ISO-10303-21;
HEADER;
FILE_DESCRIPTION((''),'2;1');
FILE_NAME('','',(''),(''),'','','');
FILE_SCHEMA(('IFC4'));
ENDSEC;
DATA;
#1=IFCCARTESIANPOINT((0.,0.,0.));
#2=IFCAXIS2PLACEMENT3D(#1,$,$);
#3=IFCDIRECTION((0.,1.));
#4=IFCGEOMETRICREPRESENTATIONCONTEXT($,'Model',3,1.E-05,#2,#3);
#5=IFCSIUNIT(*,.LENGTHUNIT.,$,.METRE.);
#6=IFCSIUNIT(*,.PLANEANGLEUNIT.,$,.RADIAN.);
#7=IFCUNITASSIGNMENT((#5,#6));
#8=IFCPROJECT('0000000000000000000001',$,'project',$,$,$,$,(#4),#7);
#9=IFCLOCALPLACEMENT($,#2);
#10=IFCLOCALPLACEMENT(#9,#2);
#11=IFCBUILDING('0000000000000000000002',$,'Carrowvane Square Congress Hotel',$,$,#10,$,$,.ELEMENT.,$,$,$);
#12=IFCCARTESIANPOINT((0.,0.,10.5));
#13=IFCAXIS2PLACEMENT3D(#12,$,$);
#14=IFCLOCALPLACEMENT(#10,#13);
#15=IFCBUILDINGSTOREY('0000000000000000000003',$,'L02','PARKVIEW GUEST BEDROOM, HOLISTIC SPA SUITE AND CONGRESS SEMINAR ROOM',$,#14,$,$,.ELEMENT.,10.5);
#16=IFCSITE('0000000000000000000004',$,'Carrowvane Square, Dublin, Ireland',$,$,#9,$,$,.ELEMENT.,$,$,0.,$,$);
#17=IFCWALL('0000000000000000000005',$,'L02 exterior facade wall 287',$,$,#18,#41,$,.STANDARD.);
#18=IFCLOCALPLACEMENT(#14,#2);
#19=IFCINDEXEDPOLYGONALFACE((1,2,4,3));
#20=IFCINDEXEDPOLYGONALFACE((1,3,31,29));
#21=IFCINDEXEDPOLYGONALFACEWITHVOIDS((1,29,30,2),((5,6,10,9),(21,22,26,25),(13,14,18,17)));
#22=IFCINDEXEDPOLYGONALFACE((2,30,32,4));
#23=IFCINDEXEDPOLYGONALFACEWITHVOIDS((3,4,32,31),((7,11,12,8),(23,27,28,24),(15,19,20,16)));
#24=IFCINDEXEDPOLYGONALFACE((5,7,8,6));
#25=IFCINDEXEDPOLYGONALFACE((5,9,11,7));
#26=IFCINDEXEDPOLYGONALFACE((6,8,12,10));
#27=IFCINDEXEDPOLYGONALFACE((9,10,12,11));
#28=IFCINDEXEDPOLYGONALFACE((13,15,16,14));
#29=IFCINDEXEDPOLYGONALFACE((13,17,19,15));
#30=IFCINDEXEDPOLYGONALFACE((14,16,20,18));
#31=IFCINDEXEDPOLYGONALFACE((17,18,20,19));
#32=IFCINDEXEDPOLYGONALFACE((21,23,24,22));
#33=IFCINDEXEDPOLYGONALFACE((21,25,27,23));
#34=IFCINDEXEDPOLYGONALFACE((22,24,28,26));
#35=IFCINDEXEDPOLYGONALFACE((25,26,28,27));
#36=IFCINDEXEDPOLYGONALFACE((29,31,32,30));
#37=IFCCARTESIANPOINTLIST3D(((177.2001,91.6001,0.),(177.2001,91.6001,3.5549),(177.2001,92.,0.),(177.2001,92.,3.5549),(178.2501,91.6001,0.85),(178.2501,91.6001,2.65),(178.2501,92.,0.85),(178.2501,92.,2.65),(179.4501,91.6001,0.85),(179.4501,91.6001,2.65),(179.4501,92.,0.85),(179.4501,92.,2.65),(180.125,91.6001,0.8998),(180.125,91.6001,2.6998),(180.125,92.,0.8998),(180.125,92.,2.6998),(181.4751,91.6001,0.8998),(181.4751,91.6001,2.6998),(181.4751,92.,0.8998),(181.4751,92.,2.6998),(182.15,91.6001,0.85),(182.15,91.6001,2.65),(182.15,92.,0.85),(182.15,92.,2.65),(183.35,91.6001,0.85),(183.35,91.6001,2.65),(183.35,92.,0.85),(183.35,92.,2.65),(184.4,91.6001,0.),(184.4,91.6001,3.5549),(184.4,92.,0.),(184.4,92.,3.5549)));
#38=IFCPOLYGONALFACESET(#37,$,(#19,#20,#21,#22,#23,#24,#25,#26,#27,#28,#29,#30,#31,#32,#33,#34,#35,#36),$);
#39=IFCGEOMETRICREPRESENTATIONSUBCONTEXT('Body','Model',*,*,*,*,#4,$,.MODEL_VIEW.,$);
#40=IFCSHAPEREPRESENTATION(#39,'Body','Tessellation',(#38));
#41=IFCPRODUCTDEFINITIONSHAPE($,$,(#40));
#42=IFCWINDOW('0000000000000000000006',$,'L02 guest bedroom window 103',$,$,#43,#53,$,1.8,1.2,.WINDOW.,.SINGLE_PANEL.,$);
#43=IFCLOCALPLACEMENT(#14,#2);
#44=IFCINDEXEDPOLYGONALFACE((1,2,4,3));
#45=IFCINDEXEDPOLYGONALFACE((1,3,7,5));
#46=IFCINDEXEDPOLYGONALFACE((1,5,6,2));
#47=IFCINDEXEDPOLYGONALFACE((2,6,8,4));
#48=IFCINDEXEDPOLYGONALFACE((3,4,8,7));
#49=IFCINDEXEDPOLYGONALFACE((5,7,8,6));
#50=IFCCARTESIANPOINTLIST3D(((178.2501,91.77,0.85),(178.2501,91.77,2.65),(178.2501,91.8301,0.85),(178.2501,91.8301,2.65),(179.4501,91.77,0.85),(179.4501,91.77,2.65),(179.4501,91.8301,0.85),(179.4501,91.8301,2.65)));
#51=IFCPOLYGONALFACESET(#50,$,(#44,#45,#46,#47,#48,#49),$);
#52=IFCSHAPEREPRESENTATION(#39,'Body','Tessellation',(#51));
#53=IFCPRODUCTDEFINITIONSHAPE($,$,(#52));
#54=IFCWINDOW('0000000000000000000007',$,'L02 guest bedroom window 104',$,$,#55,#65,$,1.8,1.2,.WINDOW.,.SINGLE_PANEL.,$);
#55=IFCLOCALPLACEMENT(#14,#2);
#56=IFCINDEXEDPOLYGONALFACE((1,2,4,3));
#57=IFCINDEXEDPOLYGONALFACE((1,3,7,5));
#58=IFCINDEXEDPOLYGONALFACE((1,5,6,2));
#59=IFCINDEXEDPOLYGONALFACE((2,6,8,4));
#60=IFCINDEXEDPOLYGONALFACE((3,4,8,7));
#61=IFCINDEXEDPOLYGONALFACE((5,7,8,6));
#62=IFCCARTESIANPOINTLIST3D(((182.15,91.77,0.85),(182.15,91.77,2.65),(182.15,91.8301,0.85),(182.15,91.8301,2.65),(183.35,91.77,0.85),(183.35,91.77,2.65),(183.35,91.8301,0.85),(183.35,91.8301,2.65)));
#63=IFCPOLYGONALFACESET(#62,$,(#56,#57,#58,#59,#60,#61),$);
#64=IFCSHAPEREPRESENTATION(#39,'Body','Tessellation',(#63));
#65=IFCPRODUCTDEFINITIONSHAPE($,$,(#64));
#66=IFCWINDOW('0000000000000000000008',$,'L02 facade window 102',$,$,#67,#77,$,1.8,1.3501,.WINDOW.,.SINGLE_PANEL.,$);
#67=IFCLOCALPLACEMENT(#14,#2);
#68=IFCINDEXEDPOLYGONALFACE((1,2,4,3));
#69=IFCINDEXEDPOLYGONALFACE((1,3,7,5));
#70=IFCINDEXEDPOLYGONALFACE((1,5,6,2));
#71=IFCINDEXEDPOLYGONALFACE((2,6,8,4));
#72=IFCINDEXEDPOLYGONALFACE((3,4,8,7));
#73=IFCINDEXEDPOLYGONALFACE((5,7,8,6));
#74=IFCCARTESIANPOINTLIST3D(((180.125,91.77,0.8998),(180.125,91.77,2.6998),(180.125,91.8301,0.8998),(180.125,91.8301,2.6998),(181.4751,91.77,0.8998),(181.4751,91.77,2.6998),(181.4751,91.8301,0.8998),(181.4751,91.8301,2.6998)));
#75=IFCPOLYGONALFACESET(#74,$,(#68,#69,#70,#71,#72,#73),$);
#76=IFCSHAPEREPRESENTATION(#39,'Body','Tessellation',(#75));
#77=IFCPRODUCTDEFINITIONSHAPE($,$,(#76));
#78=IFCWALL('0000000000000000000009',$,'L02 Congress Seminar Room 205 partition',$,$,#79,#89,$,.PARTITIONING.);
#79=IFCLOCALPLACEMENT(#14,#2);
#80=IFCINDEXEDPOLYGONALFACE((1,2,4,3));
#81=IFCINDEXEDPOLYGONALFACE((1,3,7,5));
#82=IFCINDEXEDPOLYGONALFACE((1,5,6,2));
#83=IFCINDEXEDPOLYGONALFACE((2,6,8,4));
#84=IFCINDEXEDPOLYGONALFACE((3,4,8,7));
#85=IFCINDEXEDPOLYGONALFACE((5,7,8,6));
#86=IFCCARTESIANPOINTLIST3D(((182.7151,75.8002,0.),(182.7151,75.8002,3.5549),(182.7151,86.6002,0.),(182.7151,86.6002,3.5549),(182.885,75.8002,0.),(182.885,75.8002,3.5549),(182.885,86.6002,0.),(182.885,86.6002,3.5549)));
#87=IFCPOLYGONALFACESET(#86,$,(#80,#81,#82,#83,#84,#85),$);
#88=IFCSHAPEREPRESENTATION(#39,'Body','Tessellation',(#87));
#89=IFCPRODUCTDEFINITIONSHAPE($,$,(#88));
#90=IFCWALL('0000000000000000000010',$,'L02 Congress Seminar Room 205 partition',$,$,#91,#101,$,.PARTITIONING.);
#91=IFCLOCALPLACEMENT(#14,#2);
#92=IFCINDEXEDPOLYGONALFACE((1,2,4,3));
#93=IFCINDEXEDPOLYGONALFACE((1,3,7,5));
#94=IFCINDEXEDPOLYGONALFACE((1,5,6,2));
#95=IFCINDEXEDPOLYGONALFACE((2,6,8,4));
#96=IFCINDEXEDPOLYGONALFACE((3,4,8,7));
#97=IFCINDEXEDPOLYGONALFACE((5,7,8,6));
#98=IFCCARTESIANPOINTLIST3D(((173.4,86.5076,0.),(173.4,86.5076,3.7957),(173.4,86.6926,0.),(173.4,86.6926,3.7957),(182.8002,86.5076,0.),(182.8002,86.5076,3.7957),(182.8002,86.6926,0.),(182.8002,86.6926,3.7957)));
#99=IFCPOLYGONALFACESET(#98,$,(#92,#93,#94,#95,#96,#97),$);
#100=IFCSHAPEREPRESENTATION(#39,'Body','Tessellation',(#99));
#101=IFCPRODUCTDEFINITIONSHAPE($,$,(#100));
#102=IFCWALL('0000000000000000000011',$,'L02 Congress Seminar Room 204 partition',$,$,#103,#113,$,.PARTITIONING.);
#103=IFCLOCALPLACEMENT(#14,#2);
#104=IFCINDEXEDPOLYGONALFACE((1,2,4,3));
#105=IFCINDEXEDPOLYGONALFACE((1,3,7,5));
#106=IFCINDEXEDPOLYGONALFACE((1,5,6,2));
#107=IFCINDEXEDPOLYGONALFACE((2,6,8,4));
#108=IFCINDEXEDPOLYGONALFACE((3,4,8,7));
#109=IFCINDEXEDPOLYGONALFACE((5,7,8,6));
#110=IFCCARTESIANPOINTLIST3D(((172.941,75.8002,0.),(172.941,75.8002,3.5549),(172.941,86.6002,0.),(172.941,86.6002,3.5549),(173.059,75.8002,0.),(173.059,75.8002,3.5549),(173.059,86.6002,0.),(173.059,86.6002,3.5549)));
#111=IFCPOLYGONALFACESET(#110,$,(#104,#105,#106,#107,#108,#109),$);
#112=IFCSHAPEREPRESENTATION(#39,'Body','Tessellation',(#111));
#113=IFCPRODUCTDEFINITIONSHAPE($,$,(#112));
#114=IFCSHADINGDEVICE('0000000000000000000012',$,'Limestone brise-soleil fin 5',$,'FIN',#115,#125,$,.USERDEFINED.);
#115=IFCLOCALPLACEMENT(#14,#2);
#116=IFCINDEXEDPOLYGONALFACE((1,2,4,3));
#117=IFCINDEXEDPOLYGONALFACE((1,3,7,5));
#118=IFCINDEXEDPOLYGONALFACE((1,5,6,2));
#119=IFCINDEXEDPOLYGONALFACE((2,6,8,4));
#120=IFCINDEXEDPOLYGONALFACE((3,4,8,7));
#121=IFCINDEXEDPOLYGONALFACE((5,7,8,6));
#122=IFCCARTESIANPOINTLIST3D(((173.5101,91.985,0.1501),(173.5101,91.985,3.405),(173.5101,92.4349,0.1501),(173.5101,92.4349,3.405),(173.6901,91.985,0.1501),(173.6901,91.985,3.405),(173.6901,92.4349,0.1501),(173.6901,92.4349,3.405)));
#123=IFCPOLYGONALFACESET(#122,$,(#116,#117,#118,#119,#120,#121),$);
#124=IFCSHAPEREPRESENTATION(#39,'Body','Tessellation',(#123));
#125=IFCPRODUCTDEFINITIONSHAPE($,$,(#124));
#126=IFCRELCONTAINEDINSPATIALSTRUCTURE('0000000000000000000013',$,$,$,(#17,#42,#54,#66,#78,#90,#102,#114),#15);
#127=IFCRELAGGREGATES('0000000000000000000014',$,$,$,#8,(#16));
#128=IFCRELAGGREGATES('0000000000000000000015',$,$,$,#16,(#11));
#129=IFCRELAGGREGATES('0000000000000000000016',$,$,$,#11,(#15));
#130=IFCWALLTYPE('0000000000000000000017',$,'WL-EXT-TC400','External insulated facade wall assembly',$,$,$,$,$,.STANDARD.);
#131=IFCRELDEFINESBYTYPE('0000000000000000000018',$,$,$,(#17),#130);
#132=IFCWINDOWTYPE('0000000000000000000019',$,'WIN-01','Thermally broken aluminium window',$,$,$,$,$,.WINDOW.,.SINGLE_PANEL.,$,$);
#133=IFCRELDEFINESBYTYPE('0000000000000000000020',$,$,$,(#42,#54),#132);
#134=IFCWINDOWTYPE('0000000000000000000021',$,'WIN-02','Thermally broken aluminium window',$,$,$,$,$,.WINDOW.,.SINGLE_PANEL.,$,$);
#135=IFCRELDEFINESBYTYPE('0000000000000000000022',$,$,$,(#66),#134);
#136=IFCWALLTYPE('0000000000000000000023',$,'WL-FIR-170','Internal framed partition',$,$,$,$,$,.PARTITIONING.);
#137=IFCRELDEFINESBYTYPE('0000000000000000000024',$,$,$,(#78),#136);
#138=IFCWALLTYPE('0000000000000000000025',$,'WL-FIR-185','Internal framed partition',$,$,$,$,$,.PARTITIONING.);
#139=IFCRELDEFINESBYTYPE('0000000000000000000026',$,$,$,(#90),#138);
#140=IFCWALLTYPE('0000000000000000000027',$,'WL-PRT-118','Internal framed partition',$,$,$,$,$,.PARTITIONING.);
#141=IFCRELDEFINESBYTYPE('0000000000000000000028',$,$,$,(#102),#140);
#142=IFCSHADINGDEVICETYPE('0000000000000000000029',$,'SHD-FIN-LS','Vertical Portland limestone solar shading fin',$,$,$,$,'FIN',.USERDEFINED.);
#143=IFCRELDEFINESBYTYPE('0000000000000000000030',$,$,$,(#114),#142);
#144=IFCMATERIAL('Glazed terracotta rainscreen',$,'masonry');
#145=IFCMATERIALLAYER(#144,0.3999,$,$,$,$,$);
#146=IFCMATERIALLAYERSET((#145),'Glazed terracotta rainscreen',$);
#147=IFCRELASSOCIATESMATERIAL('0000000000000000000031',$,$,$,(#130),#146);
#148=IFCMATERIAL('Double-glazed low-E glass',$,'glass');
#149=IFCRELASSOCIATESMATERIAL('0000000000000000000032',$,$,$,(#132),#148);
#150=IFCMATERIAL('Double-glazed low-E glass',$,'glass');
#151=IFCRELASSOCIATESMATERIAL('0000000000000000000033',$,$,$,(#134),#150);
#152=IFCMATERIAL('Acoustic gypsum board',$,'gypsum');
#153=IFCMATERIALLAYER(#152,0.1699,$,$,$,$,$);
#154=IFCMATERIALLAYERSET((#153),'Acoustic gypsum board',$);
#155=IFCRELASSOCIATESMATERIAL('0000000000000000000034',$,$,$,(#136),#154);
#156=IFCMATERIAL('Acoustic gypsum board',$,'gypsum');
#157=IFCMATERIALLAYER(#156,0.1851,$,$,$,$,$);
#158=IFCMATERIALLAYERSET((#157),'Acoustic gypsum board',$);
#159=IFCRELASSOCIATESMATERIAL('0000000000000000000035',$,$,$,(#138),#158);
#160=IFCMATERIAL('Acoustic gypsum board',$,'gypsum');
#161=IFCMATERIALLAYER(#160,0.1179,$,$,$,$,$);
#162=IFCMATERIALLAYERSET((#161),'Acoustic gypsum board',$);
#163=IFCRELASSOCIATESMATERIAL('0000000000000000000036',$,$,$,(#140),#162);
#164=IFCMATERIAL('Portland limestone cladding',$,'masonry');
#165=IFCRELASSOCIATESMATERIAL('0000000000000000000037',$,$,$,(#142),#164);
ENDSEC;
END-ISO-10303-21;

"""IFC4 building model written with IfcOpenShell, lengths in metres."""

from ifc_helpers import new_model, si_unit, direction, frame, frame_2d, origin, origin_2d, place, context, subcontext, project, spatial, rectangle, extrude, material, layer, layer_set, type_object, element, fill, save


model = new_model("IFC4")

# Units and contexts
model_context = context("Model", 3, precision=1e-05, world=origin(), true_north=direction((0.0, 1.0)))
body_context = subcontext(model_context, "Body", "Model", "MODEL_VIEW")
ifc_project = project(units=[si_unit("LENGTHUNIT", "METRE"), si_unit("PLANEANGLEUNIT", "RADIAN")], contexts=[model_context])

# Site, building, storey
site_placement = place(None, origin())
site = spatial("IfcSite", under=ifc_project, at=site_placement, Name="Carrowvane Square, Dublin, Ireland", CompositionType="ELEMENT", RefElevation=0.0)
building_placement = place(site_placement, origin())
building = spatial("IfcBuilding", under=site, at=building_placement, Name="Carrowvane Square Congress Hotel", CompositionType="ELEMENT")
storey_placement = place(building_placement, frame((0.0, 0.0, 10.5)))
storey = spatial("IfcBuildingStorey", under=building, at=storey_placement, Name="L02", Description="PARKVIEW GUEST BEDROOM, HOLISTIC SPA SUITE AND CONGRESS SEMINAR ROOM", CompositionType="ELEMENT", Elevation=10.5)

# Wall, openings, windows
ifc_material_1 = material(Name="Glazed terracotta rainscreen", Category="masonry")
ifc_layer_1 = layer(ifc_material_1, 0.3999)
ifc_layer_set_1 = layer_set([ifc_layer_1], Name="Glazed terracotta rainscreen")
wall_type_1 = type_object("IfcWallType", Name="WL-EXT-TC400", Description="External insulated facade wall assembly", PredefinedType="STANDARD", material=ifc_layer_set_1)
ifc_material_2 = material(Name="Double-glazed low-E glass", Category="glass")
window_type_1 = type_object("IfcWindowType", Name="WIN-01", Description="Thermally broken aluminium window", PartitioningType="SINGLE_PANEL", PredefinedType="WINDOW", material=ifc_material_2)
wall_1_placement = place(storey_placement, frame((177.2, 91.8, 0.0), z_axis=(0.0, 0.0, 1.0), x_axis=(1.0, 0.0, 0.0)))
wall_1 = element("IfcWall", 1, at=wall_1_placement, inside=storey, type_object=wall_type_1, Name="L02 exterior facade wall 287", PredefinedType="STANDARD", context=body_context, shape_type="SweptSolid", body=[
    extrude(rectangle(XDim=7.2, YDim=0.3999, at=frame_2d((3.6001, 0.0))), origin(), (0.0, 0.0, 1.0), 3.5549),
])
opening_1_placement = place(wall_1_placement, frame((2.925, 0.0, 0.8999)))
opening_1 = element("IfcOpeningElement", 2, at=opening_1_placement, cuts=wall_1, PredefinedType="OPENING", context=body_context, shape_type="SweptSolid", body=[
    extrude(rectangle(XDim=1.3501, YDim=1.8, at=frame_2d((0.675, 0.8999))), frame((0.0, 0.21, 0.0), z_axis=(0.0, -1.0, 0.0), x_axis=(1.0, 0.0, 0.0)), (0.0, 0.0, 1.0), 0.4199),
])
opening_2_placement = place(wall_1_placement, frame((1.05, 0.0, 0.8501)))
opening_2 = element("IfcOpeningElement", 3, at=opening_2_placement, cuts=wall_1, PredefinedType="OPENING", context=body_context, shape_type="SweptSolid", body=[
    extrude(rectangle(XDim=1.2, YDim=1.8, at=frame_2d((0.6001, 0.8999))), frame((0.0, 0.21, 0.0), z_axis=(0.0, -1.0, 0.0), x_axis=(1.0, 0.0, 0.0)), (0.0, 0.0, 1.0), 0.4199),
])
opening_3_placement = place(wall_1_placement, frame((4.95, 0.0, 0.8501)))
opening_3 = element("IfcOpeningElement", 4, at=opening_3_placement, cuts=wall_1, PredefinedType="OPENING", context=body_context, shape_type="SweptSolid", body=[
    extrude(rectangle(XDim=1.2, YDim=1.8, at=frame_2d((0.6001, 0.8999))), frame((0.0, 0.21, 0.0), z_axis=(0.0, -1.0, 0.0), x_axis=(1.0, 0.0, 0.0)), (0.0, 0.0, 1.0), 0.4199),
])
window_1_placement = place(opening_2_placement, origin())
window_1 = element("IfcWindow", 5, at=window_1_placement, inside=storey, type_object=window_type_1, Name="L02 guest bedroom window 103", OverallHeight=1.8, OverallWidth=1.2, PartitioningType="SINGLE_PANEL", PredefinedType="WINDOW", context=body_context, shape_type="SweptSolid", body=[
    extrude(rectangle(XDim=1.2, YDim=1.8, at=frame_2d((0.6001, 0.8999))), frame((0.0, 0.03, 0.0), z_axis=(0.0, -1.0, 0.0), x_axis=(1.0, 0.0, 0.0)), (0.0, 0.0, 1.0), 0.0601),
])
fill(opening_2, window_1)
window_2_placement = place(opening_3_placement, origin())
window_2 = element("IfcWindow", 6, at=window_2_placement, inside=storey, type_object=window_type_1, Name="L02 guest bedroom window 104", OverallHeight=1.8, OverallWidth=1.2, PartitioningType="SINGLE_PANEL", PredefinedType="WINDOW", context=body_context, shape_type="SweptSolid", body=[
    extrude(rectangle(XDim=1.2, YDim=1.8, at=frame_2d((0.6001, 0.8999))), frame((0.0, 0.03, 0.0), z_axis=(0.0, -1.0, 0.0), x_axis=(1.0, 0.0, 0.0)), (0.0, 0.0, 1.0), 0.0601),
])
fill(opening_3, window_2)
ifc_material_3 = material(Name="Double-glazed low-E glass", Category="glass")
window_type_2 = type_object("IfcWindowType", Name="WIN-02", Description="Thermally broken aluminium window", PartitioningType="SINGLE_PANEL", PredefinedType="WINDOW", material=ifc_material_3)
window_3_placement = place(opening_1_placement, origin())
window_3 = element("IfcWindow", 7, at=window_3_placement, inside=storey, type_object=window_type_2, Name="L02 facade window 102", OverallHeight=1.8, OverallWidth=1.3501, PartitioningType="SINGLE_PANEL", PredefinedType="WINDOW", context=body_context, shape_type="SweptSolid", body=[
    extrude(rectangle(XDim=1.3501, YDim=1.8, at=frame_2d((0.675, 0.8999))), frame((0.0, 0.03, 0.0), z_axis=(0.0, -1.0, 0.0), x_axis=(1.0, 0.0, 0.0)), (0.0, 0.0, 1.0), 0.0601),
])
fill(opening_1, window_3)

# Walls
ifc_material_4 = material(Name="Acoustic gypsum board", Category="gypsum")
ifc_layer_2 = layer(ifc_material_4, 0.1699)
ifc_layer_set_2 = layer_set([ifc_layer_2], Name="Acoustic gypsum board")
wall_type_2 = type_object("IfcWallType", Name="WL-FIR-170", Description="Internal framed partition", PredefinedType="PARTITIONING", material=ifc_layer_set_2)
wall_2_placement = place(storey_placement, frame((182.8, 86.6001, 0.0), z_axis=(0.0, 0.0, 1.0), x_axis=(0.0, -1.0, 0.0)))
element("IfcWall", 8, at=wall_2_placement, inside=storey, type_object=wall_type_2, Name="L02 Congress Seminar Room 205 partition", PredefinedType="PARTITIONING", context=body_context, shape_type="SweptSolid", body=[
    extrude(rectangle(XDim=10.8, YDim=0.1699, at=frame_2d((5.3999, 0.0))), origin(), (0.0, 0.0, 1.0), 3.5549),
])
ifc_material_5 = material(Name="Acoustic gypsum board", Category="gypsum")
ifc_layer_3 = layer(ifc_material_5, 0.1851)
ifc_layer_set_3 = layer_set([ifc_layer_3], Name="Acoustic gypsum board")
wall_type_3 = type_object("IfcWallType", Name="WL-FIR-185", Description="Internal framed partition", PredefinedType="PARTITIONING", material=ifc_layer_set_3)
wall_3_placement = place(storey_placement, frame((173.3999, 86.6001, 0.0), z_axis=(0.0, 0.0, 1.0), x_axis=(1.0, 0.0, 0.0)))
element("IfcWall", 9, at=wall_3_placement, inside=storey, type_object=wall_type_3, Name="L02 Congress Seminar Room 205 partition", PredefinedType="PARTITIONING", context=body_context, shape_type="SweptSolid", body=[
    extrude(rectangle(XDim=9.4001, YDim=0.1851, at=frame_2d((4.7002, 0.0))), origin(), (0.0, 0.0, 1.0), 3.7957),
])
ifc_material_6 = material(Name="Acoustic gypsum board", Category="gypsum")
ifc_layer_4 = layer(ifc_material_6, 0.1179)
ifc_layer_set_4 = layer_set([ifc_layer_4], Name="Acoustic gypsum board")
wall_type_4 = type_object("IfcWallType", Name="WL-PRT-118", Description="Internal framed partition", PredefinedType="PARTITIONING", material=ifc_layer_set_4)
wall_4_placement = place(storey_placement, frame((173.0, 86.6001, 0.0), z_axis=(0.0, 0.0, 1.0), x_axis=(0.0, -1.0, 0.0)))
element("IfcWall", 10, at=wall_4_placement, inside=storey, type_object=wall_type_4, Name="L02 Congress Seminar Room 204 partition", PredefinedType="PARTITIONING", context=body_context, shape_type="SweptSolid", body=[
    extrude(rectangle(XDim=10.8, YDim=0.1179, at=frame_2d((5.3999, 0.0))), origin(), (0.0, 0.0, 1.0), 3.5549),
])

# Shading device
ifc_material_7 = material(Name="Portland limestone cladding", Category="masonry")
shading_device_type = type_object("IfcShadingDeviceType", Name="SHD-FIN-LS", Description="Vertical Portland limestone solar shading fin", ElementType="FIN", PredefinedType="USERDEFINED", material=ifc_material_7)
shading_device_placement = place(storey_placement, frame((173.6001, 92.21, 0.1501), z_axis=(0.0, 0.0, 1.0), x_axis=(1.0, 0.0, 0.0)))
element("IfcShadingDevice", 11, at=shading_device_placement, inside=storey, type_object=shading_device_type, Name="Limestone brise-soleil fin 5", ObjectType="FIN", PredefinedType="USERDEFINED", context=body_context, shape_type="SweptSolid", body=[
    extrude(rectangle(XDim=0.1799, YDim=0.45, at=origin_2d()), origin(), (0.0, 0.0, 1.0), 3.2549),
])

save(model, "model.ifc")
